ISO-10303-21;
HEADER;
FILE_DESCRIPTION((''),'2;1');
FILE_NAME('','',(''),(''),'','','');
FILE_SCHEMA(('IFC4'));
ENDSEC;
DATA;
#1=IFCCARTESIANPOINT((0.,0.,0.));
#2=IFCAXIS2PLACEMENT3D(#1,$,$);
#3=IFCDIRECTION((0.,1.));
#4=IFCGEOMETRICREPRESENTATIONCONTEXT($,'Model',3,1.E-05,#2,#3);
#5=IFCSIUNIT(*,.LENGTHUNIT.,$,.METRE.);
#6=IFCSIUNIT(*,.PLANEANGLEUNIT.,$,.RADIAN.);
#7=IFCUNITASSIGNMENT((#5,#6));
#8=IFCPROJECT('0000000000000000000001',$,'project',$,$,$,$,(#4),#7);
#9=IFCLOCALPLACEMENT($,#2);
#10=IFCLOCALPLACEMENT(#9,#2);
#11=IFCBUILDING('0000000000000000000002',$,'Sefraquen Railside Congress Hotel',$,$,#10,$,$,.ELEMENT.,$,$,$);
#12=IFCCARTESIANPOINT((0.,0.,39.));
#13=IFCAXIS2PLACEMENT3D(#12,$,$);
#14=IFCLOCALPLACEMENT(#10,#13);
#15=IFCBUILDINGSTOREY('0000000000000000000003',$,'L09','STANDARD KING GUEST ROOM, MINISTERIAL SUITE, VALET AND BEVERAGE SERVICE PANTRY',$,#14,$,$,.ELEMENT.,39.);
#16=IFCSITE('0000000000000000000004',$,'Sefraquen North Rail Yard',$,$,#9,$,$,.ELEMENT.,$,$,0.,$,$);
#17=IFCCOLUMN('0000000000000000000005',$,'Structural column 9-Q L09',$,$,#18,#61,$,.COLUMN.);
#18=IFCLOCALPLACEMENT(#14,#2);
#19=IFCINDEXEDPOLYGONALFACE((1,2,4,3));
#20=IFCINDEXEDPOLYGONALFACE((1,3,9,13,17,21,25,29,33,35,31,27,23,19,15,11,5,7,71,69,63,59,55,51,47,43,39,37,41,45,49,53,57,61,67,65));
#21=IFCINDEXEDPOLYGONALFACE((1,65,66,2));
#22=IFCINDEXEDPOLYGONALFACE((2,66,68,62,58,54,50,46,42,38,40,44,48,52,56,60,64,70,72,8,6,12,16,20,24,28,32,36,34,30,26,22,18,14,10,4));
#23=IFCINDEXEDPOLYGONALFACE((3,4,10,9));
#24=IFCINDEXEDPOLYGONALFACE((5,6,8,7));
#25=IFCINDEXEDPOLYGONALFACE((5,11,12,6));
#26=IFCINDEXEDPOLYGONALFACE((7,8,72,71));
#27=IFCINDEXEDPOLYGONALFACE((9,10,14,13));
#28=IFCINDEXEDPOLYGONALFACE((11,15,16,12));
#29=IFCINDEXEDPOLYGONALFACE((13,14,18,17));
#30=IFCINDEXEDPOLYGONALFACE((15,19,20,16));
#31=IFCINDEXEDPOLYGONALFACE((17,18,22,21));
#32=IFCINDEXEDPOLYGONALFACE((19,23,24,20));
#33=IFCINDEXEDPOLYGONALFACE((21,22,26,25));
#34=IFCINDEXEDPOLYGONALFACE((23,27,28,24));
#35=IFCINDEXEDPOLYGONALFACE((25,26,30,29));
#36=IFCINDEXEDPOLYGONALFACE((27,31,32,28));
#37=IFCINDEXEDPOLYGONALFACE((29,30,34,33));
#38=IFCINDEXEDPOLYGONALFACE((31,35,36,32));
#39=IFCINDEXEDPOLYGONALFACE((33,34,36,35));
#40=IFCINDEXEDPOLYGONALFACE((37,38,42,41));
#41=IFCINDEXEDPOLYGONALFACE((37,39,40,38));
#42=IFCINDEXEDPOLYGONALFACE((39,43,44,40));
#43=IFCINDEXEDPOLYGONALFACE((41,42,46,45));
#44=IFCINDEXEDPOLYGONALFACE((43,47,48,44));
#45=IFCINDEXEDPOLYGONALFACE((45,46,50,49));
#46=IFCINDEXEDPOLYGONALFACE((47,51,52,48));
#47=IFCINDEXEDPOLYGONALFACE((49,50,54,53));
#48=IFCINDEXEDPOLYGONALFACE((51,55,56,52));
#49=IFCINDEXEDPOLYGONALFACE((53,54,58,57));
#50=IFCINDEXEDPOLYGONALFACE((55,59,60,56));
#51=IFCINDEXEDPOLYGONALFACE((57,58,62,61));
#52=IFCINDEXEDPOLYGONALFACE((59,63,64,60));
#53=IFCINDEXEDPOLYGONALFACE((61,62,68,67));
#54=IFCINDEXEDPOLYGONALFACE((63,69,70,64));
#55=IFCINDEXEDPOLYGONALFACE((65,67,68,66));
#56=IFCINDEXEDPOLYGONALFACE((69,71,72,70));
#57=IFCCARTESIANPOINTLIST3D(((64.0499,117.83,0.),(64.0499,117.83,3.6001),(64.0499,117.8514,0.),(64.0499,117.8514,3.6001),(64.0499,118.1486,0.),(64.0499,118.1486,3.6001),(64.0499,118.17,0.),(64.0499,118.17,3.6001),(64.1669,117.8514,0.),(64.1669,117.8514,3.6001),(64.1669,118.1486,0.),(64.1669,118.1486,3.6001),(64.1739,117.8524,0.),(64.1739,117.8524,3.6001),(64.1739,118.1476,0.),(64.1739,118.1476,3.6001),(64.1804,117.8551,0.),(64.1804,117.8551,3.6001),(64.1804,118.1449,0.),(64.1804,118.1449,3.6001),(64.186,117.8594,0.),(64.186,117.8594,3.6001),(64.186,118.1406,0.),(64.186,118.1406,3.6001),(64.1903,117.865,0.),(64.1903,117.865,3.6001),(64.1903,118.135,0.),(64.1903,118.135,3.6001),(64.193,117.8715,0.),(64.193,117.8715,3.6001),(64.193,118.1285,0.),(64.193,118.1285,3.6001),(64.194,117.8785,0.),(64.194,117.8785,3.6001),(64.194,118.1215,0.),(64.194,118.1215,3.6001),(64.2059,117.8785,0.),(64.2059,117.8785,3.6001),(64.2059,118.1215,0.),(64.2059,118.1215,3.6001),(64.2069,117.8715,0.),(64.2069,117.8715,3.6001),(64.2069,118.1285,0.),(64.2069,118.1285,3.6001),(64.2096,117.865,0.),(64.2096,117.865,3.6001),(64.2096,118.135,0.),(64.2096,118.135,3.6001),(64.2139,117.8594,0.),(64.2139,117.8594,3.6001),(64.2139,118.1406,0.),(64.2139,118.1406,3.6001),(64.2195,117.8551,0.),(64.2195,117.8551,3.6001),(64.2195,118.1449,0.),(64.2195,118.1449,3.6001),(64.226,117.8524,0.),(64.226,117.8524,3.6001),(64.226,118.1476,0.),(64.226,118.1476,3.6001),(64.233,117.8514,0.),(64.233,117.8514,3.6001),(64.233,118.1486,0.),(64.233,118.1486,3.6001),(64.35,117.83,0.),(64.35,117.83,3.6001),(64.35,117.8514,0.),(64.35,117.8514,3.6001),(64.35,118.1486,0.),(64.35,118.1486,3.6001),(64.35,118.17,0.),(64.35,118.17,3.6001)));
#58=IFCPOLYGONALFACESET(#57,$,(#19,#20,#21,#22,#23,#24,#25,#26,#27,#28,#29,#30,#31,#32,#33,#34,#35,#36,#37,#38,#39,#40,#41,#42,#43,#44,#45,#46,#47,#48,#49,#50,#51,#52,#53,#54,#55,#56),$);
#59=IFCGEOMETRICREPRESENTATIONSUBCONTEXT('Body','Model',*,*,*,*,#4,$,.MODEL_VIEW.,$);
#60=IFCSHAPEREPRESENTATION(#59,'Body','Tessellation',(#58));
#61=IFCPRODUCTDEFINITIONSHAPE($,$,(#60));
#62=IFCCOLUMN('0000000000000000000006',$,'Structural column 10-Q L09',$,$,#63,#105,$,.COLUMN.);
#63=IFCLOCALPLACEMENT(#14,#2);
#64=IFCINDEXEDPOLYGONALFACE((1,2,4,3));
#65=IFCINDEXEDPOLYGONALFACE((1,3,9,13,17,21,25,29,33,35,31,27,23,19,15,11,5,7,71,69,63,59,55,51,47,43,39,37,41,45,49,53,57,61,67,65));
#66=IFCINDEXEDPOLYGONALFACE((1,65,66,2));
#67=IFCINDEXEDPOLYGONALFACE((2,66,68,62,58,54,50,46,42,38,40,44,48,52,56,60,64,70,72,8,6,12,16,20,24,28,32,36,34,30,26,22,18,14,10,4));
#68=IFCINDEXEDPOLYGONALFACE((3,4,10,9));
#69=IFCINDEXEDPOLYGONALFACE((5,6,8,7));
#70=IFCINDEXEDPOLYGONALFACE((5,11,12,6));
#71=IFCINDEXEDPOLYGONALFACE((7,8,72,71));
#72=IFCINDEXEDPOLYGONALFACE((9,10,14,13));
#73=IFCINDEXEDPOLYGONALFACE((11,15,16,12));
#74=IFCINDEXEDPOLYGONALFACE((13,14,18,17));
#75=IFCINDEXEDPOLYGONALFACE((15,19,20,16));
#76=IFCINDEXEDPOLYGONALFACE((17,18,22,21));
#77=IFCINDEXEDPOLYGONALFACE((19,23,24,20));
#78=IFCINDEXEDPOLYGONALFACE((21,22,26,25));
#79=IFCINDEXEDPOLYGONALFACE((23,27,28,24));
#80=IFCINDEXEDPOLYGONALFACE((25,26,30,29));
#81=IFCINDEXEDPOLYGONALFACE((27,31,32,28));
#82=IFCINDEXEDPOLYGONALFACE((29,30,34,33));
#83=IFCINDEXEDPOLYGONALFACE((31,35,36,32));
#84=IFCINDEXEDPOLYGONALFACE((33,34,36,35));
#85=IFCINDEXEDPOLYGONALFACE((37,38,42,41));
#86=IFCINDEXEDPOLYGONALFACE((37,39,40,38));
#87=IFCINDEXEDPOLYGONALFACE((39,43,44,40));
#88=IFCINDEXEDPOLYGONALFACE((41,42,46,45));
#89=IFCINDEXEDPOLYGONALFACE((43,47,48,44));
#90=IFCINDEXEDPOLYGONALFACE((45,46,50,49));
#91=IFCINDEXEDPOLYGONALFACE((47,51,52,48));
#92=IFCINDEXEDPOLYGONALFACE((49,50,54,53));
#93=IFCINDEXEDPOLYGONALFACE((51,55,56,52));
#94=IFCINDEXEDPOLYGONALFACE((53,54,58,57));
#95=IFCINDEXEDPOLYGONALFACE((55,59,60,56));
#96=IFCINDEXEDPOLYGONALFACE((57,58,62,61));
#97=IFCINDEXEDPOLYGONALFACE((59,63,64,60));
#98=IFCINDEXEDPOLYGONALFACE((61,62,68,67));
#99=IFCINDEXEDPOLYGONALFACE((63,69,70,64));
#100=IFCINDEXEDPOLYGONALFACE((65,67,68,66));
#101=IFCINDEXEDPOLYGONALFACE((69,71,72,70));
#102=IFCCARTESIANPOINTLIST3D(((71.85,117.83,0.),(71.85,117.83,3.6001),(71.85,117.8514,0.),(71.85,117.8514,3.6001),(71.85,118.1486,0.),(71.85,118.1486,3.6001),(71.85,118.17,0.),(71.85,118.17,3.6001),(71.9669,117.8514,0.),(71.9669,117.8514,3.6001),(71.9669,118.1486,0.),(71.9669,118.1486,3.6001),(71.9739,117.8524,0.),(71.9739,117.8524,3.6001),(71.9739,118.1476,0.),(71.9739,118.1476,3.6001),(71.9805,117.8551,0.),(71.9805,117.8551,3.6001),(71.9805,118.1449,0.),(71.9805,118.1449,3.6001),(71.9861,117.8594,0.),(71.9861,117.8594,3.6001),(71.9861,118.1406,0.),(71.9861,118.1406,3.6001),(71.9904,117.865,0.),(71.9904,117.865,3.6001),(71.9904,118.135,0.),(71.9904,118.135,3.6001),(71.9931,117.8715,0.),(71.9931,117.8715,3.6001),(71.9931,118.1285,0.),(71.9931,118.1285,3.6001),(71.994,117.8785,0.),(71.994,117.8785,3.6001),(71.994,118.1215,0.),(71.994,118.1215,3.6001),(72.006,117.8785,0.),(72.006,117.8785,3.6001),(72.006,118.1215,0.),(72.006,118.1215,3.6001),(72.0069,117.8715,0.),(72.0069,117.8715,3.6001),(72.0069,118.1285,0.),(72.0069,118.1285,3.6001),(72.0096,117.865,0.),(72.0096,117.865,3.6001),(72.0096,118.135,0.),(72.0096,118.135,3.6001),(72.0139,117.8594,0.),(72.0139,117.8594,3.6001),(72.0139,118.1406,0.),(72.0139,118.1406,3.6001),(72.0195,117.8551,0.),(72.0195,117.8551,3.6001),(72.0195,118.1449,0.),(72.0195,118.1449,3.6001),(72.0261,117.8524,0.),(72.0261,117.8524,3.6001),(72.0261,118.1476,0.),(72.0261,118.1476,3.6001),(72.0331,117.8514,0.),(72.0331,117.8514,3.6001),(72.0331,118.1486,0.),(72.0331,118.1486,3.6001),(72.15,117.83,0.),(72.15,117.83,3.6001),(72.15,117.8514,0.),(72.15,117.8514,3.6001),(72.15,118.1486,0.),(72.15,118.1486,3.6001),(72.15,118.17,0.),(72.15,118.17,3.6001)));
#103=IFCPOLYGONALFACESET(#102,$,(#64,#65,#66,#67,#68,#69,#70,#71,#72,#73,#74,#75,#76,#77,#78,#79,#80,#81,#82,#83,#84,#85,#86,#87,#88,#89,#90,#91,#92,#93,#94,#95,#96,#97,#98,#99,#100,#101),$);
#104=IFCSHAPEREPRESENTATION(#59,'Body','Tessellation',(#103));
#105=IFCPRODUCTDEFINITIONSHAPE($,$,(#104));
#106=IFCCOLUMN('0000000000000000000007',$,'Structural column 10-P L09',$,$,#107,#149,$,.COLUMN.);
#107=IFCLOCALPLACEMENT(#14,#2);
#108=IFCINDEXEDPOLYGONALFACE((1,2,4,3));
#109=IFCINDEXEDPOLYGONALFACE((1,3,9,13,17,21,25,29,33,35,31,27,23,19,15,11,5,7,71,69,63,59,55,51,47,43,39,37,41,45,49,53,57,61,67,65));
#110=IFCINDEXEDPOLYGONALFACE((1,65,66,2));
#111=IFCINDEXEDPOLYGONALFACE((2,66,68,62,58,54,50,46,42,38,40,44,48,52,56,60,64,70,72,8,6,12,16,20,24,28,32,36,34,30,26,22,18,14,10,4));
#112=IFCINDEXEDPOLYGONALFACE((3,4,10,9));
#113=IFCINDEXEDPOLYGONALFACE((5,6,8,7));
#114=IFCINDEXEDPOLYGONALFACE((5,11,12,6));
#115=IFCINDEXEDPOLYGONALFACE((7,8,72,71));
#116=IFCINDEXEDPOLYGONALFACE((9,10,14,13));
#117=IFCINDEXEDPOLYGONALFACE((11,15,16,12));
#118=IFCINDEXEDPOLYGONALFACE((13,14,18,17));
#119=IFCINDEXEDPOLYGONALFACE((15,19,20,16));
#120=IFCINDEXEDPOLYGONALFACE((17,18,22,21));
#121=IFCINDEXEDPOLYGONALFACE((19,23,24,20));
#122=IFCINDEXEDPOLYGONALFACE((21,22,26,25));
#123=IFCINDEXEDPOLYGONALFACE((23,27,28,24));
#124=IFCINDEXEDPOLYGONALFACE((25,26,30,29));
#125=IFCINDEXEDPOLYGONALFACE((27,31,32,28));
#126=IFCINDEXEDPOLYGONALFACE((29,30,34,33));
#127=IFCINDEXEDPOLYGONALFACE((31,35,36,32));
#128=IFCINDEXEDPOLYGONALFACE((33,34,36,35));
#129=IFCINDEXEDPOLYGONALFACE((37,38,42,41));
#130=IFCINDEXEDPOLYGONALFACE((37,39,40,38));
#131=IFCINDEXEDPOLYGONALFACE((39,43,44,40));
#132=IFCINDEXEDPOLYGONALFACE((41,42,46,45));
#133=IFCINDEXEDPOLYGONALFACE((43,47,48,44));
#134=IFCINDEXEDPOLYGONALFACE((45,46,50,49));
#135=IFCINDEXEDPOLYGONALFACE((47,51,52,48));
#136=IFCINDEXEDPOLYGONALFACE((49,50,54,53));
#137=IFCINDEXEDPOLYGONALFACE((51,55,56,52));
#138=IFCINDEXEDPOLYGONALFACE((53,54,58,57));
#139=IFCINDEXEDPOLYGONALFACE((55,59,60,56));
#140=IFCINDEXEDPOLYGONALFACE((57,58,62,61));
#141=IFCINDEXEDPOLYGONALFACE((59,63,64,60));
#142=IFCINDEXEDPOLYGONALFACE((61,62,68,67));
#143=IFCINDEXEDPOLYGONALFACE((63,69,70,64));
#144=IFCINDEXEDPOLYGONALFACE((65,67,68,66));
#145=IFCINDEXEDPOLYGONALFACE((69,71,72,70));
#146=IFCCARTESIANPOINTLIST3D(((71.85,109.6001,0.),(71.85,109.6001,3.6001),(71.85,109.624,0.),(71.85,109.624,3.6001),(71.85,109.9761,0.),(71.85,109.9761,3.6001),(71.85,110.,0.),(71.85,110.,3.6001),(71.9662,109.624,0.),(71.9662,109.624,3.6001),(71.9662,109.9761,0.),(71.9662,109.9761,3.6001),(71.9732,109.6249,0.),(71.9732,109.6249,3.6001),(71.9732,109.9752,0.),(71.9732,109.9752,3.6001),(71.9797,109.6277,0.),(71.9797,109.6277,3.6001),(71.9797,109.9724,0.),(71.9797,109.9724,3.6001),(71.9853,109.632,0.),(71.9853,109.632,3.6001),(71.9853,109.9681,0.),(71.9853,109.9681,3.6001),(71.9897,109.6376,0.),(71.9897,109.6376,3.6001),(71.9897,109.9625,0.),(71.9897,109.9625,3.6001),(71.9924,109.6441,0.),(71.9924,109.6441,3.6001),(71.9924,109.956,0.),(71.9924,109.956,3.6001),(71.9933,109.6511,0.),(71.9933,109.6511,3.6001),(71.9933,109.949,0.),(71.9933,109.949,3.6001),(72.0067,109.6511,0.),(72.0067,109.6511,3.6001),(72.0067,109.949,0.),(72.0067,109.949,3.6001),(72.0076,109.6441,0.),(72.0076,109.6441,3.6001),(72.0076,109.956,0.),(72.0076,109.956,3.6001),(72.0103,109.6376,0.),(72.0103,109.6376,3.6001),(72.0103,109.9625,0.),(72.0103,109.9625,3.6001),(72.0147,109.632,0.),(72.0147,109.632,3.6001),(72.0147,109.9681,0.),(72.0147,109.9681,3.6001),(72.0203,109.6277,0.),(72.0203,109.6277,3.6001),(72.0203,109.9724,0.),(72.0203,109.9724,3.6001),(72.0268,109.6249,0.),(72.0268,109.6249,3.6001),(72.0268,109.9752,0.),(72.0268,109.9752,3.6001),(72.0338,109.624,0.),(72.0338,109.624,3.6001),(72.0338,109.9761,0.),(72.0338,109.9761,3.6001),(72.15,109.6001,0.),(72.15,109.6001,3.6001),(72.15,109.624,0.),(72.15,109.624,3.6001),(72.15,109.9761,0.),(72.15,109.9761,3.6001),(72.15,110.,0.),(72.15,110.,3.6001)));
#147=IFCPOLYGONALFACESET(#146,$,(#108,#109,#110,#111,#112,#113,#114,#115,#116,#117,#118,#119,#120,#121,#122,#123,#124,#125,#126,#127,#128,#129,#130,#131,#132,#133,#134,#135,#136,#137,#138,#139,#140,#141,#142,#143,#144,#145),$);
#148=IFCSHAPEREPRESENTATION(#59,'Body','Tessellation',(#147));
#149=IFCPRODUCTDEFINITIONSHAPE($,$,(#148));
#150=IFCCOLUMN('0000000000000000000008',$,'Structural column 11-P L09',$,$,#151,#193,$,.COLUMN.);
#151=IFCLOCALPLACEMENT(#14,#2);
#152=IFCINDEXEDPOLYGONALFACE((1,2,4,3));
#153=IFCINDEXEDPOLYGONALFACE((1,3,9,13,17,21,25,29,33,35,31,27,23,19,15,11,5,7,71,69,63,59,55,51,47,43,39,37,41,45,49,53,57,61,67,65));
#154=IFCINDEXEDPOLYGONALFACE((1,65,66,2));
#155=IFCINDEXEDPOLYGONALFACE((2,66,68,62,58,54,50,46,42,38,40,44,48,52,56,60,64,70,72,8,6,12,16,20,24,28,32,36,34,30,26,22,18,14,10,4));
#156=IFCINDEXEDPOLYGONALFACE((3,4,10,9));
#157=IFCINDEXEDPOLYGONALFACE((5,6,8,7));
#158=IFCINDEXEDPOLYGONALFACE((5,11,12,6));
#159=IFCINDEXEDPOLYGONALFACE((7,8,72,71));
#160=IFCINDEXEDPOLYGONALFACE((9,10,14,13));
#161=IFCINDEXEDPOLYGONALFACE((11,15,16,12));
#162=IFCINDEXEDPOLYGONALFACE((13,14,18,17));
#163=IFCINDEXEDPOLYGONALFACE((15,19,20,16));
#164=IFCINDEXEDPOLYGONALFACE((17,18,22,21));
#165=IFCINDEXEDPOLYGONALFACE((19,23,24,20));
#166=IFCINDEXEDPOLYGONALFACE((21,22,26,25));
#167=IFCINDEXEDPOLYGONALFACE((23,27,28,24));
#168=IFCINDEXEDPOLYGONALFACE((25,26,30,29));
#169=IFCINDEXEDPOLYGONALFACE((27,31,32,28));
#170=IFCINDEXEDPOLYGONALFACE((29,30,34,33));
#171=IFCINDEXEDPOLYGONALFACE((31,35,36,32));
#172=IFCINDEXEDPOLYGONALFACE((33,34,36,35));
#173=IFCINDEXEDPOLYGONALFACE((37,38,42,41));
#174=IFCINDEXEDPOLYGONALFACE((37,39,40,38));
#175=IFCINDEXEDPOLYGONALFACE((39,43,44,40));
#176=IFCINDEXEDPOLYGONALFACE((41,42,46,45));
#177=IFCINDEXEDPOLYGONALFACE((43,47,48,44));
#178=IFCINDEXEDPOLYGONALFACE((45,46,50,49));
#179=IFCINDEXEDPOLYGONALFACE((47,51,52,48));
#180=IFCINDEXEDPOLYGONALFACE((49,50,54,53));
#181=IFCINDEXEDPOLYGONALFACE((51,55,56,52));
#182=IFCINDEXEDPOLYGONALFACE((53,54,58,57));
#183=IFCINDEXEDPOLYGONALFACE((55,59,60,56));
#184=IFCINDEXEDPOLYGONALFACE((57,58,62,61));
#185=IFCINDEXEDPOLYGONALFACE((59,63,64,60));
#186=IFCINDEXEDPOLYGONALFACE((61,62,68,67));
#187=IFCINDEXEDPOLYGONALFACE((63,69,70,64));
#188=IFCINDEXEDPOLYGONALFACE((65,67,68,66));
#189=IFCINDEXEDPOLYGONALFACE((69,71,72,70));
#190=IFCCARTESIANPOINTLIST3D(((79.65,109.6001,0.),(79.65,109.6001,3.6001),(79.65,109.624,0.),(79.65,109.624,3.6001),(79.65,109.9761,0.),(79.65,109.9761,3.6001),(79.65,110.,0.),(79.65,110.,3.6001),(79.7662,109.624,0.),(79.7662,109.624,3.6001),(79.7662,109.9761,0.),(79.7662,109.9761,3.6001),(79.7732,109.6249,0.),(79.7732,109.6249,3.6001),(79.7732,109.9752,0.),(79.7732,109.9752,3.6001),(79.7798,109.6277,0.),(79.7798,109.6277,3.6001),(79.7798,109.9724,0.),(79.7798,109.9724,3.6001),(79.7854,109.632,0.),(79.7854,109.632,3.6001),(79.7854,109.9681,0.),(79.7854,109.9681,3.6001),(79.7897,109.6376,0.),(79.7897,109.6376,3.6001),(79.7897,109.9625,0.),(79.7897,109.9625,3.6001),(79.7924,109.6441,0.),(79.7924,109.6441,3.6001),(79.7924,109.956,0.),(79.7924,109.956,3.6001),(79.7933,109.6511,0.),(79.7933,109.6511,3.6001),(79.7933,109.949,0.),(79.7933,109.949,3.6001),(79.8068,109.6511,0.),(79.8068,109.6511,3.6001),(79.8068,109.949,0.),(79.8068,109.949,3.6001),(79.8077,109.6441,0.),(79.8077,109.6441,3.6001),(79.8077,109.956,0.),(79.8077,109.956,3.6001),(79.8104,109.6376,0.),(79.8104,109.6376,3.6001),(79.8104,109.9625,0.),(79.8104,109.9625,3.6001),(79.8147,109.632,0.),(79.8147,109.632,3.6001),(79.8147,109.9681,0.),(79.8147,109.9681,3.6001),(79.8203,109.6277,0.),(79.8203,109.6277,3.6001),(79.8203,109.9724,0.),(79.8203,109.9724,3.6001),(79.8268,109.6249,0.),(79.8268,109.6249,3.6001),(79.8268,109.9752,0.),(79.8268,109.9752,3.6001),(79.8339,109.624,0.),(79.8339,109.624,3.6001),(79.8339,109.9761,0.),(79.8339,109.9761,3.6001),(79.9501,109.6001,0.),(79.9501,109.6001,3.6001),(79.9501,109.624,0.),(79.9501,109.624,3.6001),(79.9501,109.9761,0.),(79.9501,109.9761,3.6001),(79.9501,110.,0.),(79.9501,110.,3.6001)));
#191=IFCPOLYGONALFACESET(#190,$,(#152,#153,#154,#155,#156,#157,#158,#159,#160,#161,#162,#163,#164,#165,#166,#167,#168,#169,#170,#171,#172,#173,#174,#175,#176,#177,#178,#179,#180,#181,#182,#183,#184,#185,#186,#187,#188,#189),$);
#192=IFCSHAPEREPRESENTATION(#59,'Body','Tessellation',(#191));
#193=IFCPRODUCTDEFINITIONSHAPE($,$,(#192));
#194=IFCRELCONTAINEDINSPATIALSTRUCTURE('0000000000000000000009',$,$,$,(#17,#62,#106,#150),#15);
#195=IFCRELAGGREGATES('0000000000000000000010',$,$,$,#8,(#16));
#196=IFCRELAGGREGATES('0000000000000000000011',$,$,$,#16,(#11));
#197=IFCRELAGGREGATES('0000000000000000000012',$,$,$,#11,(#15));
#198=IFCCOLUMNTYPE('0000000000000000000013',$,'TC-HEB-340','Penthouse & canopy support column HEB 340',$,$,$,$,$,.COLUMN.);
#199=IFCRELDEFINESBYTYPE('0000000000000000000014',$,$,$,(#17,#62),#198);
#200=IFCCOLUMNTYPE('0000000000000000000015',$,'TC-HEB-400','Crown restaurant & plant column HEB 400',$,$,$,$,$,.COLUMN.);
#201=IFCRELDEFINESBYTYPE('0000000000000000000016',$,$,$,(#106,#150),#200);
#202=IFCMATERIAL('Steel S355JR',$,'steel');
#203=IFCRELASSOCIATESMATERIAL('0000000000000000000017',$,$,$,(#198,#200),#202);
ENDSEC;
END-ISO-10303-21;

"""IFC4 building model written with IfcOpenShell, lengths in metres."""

from ifc_helpers import new_model, si_unit, direction, frame, origin, origin_2d, place, context, subcontext, project, spatial, i_section, extrude, material, material_profile, profile_set, type_object, element, save


model = new_model("IFC4")

# Units and contexts
model_context = context("Model", 3, precision=1e-05, world=origin(), true_north=direction((0.0, 1.0)))
body_context = subcontext(model_context, "Body", "Model", "MODEL_VIEW")
ifc_project = project(units=[si_unit("LENGTHUNIT", "METRE"), si_unit("PLANEANGLEUNIT", "RADIAN")], contexts=[model_context])

# Site, building, storey
site_placement = place(None, origin())
site = spatial("IfcSite", under=ifc_project, at=site_placement, Name="Sefraquen North Rail Yard", CompositionType="ELEMENT", RefElevation=0.0)
building_placement = place(site_placement, origin())
building = spatial("IfcBuilding", under=site, at=building_placement, Name="Sefraquen Railside Congress Hotel", CompositionType="ELEMENT")
storey_placement = place(building_placement, frame((0.0, 0.0, 39.0)))
storey = spatial("IfcBuildingStorey", under=building, at=storey_placement, Name="L09", Description="STANDARD KING GUEST ROOM, MINISTERIAL SUITE, VALET AND BEVERAGE SERVICE PANTRY", CompositionType="ELEMENT", Elevation=39.0)

# Columns
ifc_material_1 = material(Name="Steel S355JR", Category="steel")
ifc_material_profile_1 = material_profile(ifc_material_1, i_section(OverallWidth=0.3, OverallDepth=0.3401, WebThickness=0.012, FlangeThickness=0.0215, FilletRadius=0.0271, at=origin_2d()), Name="HEB 340")
ifc_profile_set_1 = profile_set([ifc_material_profile_1], Name="Steel S355JR")
column_type_1 = type_object("IfcColumnType", Name="TC-HEB-340", Description="Penthouse & canopy support column HEB 340", PredefinedType="COLUMN", material=ifc_profile_set_1)
for number, where, z_axis, x_axis, name in (
    (1, (64.2, 118.0, 0.0), (0.0, 0.0, 1.0), (1.0, 0.0, 0.0), "Structural column 9-Q L09"),
    (2, (72.0, 118.0, 0.0), (0.0, 0.0, 1.0), (1.0, 0.0, 0.0), "Structural column 10-Q L09"),
):
    element("IfcColumn", number, at=place(storey_placement, frame(where, z_axis=z_axis, x_axis=x_axis)), inside=storey, type_object=column_type_1, Name=name, PredefinedType="COLUMN", context=body_context, shape_type="SweptSolid", body=[
        extrude(i_section(OverallWidth=0.3, OverallDepth=0.3401, WebThickness=0.012, FlangeThickness=0.0215, FilletRadius=0.0271, at=origin_2d()), origin(), (0.0, 0.0, 1.0), 3.6001),
    ])
ifc_material_profile_2 = material_profile(ifc_material_1, i_section(OverallWidth=0.3, OverallDepth=0.3999, WebThickness=0.0134, FlangeThickness=0.0239, FilletRadius=0.0271, at=origin_2d()), Name="HEB 400")
ifc_profile_set_2 = profile_set([ifc_material_profile_2], Name="Steel S355JR")
column_type_2 = type_object("IfcColumnType", Name="TC-HEB-400", Description="Crown restaurant & plant column HEB 400", PredefinedType="COLUMN", material=ifc_profile_set_2)
for number, where, z_axis, x_axis, name in (
    (3, (72.0, 109.8, 0.0), (0.0, 0.0, 1.0), (1.0, 0.0, 0.0), "Structural column 10-P L09"),
    (4, (79.8, 109.8, 0.0), (0.0, 0.0, 1.0), (1.0, 0.0, 0.0), "Structural column 11-P L09"),
):
    element("IfcColumn", number, at=place(storey_placement, frame(where, z_axis=z_axis, x_axis=x_axis)), inside=storey, type_object=column_type_2, Name=name, PredefinedType="COLUMN", context=body_context, shape_type="SweptSolid", body=[
        extrude(i_section(OverallWidth=0.3, OverallDepth=0.3999, WebThickness=0.0134, FlangeThickness=0.0239, FilletRadius=0.0271, at=origin_2d()), origin(), (0.0, 0.0, 1.0), 3.6001),
    ])

save(model, "model.ifc")
